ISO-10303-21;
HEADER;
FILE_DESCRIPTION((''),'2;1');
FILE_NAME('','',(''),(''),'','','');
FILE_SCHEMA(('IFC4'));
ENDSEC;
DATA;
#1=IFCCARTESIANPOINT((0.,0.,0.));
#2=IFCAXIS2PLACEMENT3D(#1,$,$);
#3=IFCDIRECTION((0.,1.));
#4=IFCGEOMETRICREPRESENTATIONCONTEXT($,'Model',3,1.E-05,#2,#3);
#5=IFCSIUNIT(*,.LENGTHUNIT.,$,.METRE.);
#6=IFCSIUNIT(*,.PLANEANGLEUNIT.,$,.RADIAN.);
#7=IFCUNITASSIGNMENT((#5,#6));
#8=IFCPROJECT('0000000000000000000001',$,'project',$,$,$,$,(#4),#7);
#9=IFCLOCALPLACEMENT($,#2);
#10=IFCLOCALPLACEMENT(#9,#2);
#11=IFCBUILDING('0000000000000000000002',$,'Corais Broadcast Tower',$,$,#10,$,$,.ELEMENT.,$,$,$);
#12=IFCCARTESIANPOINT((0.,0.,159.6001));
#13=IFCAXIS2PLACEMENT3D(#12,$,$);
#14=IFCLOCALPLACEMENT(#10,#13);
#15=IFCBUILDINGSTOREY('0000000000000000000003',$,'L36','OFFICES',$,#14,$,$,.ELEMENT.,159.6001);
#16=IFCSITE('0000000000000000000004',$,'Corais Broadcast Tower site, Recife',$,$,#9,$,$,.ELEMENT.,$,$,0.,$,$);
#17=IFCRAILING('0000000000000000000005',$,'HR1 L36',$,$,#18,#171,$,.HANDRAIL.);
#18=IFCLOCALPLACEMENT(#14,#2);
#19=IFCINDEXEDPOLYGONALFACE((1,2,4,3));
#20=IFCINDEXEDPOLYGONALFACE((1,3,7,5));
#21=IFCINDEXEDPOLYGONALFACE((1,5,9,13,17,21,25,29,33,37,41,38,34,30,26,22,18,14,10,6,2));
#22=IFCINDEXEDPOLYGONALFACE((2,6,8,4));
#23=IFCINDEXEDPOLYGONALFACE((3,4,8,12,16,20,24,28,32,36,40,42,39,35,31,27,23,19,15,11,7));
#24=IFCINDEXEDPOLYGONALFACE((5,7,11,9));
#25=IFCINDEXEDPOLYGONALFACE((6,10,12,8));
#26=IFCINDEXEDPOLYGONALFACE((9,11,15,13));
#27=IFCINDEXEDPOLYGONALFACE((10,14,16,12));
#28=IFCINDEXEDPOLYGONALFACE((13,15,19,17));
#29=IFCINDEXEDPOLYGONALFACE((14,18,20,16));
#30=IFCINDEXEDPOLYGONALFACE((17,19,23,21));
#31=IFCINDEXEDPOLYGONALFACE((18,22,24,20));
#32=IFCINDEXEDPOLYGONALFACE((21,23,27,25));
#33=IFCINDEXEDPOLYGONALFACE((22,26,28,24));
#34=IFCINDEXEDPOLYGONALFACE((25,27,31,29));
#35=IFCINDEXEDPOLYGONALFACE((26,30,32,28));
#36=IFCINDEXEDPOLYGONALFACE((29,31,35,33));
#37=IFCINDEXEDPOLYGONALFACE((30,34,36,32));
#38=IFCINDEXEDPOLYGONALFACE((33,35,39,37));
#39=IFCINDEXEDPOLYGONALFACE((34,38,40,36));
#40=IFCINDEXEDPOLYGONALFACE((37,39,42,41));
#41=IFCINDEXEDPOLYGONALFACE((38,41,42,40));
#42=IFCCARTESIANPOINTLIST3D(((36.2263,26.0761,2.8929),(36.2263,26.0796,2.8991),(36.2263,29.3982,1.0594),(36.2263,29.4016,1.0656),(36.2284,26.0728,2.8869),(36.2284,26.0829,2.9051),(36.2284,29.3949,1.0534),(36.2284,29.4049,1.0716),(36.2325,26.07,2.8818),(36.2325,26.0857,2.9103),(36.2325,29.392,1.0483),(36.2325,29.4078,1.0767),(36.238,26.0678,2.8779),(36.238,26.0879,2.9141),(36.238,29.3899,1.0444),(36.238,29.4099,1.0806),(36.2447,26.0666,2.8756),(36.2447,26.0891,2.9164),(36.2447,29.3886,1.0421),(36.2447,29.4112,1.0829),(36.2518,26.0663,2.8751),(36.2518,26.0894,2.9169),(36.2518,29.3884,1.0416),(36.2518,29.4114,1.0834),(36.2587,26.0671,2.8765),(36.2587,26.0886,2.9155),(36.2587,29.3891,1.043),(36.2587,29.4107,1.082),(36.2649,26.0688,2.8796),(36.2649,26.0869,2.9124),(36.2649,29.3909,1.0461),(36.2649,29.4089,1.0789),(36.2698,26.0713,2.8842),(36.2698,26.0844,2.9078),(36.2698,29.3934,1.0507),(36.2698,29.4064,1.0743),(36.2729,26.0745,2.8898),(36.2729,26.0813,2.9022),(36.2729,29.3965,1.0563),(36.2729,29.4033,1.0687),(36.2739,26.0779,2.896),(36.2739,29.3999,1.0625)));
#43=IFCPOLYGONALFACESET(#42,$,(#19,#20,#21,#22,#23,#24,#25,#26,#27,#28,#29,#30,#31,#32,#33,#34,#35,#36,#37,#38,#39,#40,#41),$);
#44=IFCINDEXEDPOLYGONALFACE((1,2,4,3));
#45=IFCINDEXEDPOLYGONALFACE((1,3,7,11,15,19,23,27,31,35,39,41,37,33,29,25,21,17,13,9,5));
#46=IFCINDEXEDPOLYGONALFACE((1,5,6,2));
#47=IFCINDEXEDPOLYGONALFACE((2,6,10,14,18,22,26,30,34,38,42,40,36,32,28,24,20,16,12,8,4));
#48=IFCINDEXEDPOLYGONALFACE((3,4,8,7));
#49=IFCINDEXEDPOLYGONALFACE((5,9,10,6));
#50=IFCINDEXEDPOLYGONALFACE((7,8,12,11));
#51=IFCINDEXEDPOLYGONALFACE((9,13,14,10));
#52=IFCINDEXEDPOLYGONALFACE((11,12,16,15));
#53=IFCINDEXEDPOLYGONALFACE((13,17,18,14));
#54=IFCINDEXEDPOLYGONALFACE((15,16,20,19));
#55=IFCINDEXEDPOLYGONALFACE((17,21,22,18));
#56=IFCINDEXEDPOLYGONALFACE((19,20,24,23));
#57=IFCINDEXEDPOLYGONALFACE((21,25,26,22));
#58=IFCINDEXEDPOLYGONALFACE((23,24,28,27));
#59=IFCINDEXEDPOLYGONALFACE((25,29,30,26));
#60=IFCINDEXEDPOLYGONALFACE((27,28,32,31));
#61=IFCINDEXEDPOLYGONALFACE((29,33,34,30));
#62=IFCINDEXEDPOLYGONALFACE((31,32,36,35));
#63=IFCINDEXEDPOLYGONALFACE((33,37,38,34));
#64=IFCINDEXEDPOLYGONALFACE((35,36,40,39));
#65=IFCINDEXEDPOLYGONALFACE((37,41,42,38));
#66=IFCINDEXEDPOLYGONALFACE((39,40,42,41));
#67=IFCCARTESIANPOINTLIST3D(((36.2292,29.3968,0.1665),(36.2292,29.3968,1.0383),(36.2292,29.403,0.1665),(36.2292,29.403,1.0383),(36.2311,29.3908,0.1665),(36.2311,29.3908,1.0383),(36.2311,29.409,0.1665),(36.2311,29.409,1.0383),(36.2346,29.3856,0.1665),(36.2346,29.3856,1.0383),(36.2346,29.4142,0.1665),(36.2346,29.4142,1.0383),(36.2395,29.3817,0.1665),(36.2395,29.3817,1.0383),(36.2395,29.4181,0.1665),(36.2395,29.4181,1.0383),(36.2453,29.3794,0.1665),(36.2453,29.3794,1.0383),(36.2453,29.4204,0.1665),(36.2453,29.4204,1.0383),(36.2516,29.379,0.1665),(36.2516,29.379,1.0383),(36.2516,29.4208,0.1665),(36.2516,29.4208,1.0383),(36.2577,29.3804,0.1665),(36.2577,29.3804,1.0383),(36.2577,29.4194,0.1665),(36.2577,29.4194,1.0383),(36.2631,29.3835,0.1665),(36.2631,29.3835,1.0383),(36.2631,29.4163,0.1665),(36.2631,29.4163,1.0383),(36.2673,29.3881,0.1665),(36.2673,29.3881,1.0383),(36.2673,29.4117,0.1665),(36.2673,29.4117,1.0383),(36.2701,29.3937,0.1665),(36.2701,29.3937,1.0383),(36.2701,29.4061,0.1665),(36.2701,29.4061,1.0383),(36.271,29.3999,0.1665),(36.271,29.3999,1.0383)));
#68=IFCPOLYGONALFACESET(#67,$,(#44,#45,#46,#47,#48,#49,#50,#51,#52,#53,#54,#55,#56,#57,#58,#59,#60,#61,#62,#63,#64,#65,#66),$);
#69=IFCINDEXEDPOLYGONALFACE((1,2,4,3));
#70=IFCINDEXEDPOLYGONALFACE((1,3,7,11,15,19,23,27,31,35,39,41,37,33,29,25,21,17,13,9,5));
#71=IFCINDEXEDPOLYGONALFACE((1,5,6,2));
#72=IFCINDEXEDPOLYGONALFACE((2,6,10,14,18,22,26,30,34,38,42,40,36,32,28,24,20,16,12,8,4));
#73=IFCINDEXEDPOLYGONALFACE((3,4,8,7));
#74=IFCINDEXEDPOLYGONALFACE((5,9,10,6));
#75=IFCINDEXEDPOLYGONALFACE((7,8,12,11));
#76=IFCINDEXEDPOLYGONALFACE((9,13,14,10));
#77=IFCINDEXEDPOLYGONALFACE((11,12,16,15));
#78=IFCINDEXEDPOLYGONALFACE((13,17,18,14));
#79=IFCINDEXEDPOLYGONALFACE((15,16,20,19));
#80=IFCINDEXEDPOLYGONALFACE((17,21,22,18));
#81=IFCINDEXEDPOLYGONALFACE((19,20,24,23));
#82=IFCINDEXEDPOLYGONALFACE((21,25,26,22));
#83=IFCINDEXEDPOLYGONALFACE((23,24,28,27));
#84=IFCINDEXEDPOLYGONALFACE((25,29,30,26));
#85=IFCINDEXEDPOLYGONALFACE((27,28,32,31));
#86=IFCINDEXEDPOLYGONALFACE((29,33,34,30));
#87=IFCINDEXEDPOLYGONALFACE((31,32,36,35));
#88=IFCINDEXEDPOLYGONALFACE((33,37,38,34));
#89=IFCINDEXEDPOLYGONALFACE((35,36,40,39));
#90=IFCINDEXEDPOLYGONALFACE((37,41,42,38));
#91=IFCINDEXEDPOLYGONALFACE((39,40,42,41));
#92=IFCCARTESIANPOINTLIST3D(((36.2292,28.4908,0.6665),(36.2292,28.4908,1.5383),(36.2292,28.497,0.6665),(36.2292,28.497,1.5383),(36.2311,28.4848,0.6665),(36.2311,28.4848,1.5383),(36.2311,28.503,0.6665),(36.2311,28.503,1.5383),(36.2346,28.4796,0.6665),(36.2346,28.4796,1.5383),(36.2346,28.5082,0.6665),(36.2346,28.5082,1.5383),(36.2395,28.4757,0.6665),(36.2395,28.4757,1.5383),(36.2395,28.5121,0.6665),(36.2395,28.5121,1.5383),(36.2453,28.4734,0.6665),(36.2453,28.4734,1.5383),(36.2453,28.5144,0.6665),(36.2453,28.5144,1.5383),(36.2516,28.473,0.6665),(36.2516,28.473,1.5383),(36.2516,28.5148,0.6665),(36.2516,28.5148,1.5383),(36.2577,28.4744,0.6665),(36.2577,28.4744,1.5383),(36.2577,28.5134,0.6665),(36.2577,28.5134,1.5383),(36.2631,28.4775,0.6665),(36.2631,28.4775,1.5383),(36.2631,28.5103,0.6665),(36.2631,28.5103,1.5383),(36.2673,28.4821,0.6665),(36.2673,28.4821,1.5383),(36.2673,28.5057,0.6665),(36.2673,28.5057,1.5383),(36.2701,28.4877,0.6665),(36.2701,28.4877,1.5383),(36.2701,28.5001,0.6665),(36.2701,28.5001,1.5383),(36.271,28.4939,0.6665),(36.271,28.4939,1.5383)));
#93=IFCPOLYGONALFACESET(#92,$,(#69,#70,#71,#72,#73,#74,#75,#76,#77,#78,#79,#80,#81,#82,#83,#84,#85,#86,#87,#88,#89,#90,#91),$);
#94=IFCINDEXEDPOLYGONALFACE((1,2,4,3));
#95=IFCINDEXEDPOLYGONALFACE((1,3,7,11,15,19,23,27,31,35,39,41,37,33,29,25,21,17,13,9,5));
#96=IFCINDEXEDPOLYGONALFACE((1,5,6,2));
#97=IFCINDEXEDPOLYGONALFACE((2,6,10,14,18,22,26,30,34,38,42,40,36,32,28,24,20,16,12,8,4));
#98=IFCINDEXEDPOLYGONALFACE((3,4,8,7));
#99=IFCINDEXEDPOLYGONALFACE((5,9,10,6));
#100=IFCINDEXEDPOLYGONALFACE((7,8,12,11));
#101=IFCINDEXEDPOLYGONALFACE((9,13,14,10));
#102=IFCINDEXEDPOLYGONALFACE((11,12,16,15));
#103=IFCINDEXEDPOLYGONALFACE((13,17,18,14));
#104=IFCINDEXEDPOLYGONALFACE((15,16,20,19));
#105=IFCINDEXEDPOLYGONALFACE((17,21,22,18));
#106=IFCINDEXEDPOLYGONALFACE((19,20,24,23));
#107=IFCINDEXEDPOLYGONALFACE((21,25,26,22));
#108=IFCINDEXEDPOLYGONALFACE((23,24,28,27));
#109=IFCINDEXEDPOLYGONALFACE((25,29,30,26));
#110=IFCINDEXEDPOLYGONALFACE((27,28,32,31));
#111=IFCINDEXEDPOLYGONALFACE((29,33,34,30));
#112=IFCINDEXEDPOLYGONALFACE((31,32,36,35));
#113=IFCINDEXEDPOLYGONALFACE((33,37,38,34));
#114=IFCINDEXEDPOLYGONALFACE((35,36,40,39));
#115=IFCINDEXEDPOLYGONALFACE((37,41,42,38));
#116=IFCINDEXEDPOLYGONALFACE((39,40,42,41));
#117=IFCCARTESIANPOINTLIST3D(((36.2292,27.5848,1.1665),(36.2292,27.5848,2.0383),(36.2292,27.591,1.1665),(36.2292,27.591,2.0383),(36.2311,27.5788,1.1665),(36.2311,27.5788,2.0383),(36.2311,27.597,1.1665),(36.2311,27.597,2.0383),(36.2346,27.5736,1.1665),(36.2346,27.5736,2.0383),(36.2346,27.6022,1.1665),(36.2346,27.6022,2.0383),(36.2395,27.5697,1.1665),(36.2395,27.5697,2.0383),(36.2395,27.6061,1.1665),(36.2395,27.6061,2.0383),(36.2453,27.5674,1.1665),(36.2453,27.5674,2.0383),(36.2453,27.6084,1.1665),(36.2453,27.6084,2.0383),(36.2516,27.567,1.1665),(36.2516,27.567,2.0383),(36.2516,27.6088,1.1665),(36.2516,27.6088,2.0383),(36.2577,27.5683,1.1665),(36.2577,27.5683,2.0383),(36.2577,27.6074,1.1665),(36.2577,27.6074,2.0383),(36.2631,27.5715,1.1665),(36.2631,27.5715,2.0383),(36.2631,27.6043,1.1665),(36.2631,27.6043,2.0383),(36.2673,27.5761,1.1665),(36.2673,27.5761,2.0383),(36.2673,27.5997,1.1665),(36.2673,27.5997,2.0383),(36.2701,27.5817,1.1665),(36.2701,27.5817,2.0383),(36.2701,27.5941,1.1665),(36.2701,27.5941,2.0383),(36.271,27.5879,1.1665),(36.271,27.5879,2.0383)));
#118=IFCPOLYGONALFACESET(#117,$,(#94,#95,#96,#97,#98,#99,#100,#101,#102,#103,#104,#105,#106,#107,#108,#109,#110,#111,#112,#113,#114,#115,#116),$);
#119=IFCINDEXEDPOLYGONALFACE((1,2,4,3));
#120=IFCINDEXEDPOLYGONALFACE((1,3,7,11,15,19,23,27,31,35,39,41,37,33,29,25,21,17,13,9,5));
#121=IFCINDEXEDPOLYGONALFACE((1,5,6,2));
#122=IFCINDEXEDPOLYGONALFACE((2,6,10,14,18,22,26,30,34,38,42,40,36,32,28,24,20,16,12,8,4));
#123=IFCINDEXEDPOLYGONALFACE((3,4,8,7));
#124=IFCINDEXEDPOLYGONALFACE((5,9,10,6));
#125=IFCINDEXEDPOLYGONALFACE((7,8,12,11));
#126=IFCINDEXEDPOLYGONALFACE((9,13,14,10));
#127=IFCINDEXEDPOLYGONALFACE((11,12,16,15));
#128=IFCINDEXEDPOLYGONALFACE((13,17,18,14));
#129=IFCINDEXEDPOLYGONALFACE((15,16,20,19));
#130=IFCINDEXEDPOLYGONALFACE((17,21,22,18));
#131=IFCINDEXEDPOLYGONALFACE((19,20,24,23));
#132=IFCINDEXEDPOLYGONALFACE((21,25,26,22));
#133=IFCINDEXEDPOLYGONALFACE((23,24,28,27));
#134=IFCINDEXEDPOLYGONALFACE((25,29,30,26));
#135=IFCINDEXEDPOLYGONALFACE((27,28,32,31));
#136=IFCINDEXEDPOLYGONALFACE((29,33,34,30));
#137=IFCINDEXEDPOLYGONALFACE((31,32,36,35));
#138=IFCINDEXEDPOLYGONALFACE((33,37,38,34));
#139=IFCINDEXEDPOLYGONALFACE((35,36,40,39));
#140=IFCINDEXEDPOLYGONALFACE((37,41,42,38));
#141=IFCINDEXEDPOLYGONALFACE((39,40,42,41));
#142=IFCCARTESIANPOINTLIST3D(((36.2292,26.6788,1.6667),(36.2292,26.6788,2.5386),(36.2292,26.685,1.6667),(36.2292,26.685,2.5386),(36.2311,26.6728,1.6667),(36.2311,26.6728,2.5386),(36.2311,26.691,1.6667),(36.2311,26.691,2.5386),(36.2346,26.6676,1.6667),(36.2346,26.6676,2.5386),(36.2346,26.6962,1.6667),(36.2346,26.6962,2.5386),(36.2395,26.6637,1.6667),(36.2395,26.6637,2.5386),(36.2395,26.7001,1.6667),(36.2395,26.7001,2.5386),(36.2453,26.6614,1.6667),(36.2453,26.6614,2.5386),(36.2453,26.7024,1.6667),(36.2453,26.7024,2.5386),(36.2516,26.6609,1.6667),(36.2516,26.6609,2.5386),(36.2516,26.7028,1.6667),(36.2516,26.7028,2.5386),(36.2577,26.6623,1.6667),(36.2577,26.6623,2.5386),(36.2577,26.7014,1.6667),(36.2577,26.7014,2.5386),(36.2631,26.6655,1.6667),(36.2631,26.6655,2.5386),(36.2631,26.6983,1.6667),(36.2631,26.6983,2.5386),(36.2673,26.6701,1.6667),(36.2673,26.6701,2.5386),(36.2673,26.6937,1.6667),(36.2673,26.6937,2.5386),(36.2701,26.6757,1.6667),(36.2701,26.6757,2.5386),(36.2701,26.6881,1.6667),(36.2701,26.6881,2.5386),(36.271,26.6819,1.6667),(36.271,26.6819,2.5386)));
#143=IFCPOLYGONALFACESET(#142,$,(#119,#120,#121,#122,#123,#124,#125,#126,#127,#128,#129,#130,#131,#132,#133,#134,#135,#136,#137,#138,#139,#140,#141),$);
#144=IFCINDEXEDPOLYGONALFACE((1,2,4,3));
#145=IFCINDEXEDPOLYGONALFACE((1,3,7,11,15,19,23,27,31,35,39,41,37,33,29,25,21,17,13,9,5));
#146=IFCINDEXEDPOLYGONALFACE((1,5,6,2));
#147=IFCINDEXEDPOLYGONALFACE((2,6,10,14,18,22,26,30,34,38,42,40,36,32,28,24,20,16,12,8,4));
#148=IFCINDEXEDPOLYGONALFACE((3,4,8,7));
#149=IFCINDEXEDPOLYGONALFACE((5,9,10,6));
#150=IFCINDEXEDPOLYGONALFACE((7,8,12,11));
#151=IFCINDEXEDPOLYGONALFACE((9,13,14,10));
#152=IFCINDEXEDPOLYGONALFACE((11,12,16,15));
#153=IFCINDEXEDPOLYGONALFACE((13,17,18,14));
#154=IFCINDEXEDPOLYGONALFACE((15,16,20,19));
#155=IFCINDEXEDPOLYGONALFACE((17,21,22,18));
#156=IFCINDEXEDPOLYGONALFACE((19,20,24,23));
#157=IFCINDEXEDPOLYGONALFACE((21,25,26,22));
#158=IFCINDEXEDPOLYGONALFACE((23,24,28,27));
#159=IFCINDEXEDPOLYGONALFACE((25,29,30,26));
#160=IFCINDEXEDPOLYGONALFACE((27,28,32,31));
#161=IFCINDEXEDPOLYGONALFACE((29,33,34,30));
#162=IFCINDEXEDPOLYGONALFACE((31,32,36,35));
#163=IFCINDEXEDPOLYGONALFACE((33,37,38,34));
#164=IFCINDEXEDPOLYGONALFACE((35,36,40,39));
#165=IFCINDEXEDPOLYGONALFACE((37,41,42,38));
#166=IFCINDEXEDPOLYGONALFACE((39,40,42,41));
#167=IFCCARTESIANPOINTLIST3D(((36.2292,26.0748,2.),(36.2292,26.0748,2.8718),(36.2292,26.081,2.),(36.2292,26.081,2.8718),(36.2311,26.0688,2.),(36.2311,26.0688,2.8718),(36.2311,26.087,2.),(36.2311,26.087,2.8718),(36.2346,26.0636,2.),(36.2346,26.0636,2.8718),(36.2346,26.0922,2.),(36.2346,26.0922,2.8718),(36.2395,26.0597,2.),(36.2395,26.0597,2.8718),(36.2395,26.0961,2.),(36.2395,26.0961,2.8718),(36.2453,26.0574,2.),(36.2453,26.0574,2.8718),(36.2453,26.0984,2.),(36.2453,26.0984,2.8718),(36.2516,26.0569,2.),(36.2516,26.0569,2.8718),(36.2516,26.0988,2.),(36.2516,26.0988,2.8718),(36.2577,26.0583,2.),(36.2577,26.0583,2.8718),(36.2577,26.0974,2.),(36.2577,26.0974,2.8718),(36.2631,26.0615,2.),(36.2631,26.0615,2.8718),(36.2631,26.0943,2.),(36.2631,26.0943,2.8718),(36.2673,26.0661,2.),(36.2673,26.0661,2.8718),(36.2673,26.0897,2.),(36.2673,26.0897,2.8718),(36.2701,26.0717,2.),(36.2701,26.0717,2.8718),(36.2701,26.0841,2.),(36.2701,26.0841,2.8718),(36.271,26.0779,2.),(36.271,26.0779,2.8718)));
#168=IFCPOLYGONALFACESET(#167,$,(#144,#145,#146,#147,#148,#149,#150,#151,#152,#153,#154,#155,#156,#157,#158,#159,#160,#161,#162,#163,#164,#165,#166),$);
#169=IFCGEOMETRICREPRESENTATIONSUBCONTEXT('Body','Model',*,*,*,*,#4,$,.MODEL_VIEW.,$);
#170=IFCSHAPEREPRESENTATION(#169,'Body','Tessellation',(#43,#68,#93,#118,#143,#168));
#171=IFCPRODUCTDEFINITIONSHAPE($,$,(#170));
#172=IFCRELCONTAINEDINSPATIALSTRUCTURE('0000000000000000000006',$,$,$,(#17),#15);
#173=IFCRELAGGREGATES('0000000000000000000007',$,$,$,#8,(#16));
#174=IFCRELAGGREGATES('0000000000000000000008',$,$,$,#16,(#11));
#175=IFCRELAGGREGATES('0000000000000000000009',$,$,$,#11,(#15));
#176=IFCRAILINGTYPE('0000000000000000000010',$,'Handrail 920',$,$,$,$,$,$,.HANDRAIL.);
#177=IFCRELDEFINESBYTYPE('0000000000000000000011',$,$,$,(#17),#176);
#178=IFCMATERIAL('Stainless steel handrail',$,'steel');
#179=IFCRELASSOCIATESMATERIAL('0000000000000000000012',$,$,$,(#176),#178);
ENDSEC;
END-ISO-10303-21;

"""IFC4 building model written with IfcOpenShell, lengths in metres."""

from ifc_helpers import new_model, si_unit, direction, frame, origin, origin_2d, place, context, subcontext, project, spatial, circle, extrude, material, type_object, element, save


model = new_model("IFC4")

# Units and contexts
model_context = context("Model", 3, precision=1e-05, world=origin(), true_north=direction((0.0, 1.0)))
body_context = subcontext(model_context, "Body", "Model", "MODEL_VIEW")
ifc_project = project(units=[si_unit("LENGTHUNIT", "METRE"), si_unit("PLANEANGLEUNIT", "RADIAN")], contexts=[model_context])

# Site, building, storey
site_placement = place(None, origin())
site = spatial("IfcSite", under=ifc_project, at=site_placement, Name="Corais Broadcast Tower site, Recife", CompositionType="ELEMENT", RefElevation=0.0)
building_placement = place(site_placement, origin())
building = spatial("IfcBuilding", under=site, at=building_placement, Name="Corais Broadcast Tower", CompositionType="ELEMENT")
storey_placement = place(building_placement, frame((0.0, 0.0, 159.6001)))
storey = spatial("IfcBuildingStorey", under=building, at=storey_placement, Name="L36", Description="OFFICES", CompositionType="ELEMENT", Elevation=159.6001)

# Railing
ifc_material_1 = material(Name="Stainless steel handrail", Category="steel")
railing_type = type_object("IfcRailingType", Name="Handrail 920", PredefinedType="HANDRAIL", material=ifc_material_1)
for number, where, name in (
    (1, (36.25, 29.3999, 0.1665), "HR1 L36"),
):
    element("IfcRailing", number, at=place(storey_placement, frame(where)), inside=storey, type_object=railing_type, Name=name, PredefinedType="HANDRAIL", context=body_context, shape_type="SweptSolid", body=[
        extrude(circle(Radius=0.0239, at=origin_2d()), frame((0.0, 0.0, 0.896), z_axis=(0.0, -0.875504, 0.48321), x_axis=(1.0, 0.0, 0.0)), (0.0, 0.0, 1.0), 3.7944),
        extrude(circle(Radius=0.021, at=origin_2d()), origin(), (0.0, 0.0, 1.0), 0.8718),
        extrude(circle(Radius=0.021, at=origin_2d()), frame((0.0, -0.906, 0.5)), (0.0, 0.0, 1.0), 0.8718),
        extrude(circle(Radius=0.021, at=origin_2d()), frame((0.0, -1.812, 1.0)), (0.0, 0.0, 1.0), 0.8718),
        extrude(circle(Radius=0.021, at=origin_2d()), frame((0.0, -2.718, 1.5002)), (0.0, 0.0, 1.0), 0.8718),
        extrude(circle(Radius=0.021, at=origin_2d()), frame((0.0, -3.322, 1.8335)), (0.0, 0.0, 1.0), 0.8718),
    ])

save(model, "model.ifc")
